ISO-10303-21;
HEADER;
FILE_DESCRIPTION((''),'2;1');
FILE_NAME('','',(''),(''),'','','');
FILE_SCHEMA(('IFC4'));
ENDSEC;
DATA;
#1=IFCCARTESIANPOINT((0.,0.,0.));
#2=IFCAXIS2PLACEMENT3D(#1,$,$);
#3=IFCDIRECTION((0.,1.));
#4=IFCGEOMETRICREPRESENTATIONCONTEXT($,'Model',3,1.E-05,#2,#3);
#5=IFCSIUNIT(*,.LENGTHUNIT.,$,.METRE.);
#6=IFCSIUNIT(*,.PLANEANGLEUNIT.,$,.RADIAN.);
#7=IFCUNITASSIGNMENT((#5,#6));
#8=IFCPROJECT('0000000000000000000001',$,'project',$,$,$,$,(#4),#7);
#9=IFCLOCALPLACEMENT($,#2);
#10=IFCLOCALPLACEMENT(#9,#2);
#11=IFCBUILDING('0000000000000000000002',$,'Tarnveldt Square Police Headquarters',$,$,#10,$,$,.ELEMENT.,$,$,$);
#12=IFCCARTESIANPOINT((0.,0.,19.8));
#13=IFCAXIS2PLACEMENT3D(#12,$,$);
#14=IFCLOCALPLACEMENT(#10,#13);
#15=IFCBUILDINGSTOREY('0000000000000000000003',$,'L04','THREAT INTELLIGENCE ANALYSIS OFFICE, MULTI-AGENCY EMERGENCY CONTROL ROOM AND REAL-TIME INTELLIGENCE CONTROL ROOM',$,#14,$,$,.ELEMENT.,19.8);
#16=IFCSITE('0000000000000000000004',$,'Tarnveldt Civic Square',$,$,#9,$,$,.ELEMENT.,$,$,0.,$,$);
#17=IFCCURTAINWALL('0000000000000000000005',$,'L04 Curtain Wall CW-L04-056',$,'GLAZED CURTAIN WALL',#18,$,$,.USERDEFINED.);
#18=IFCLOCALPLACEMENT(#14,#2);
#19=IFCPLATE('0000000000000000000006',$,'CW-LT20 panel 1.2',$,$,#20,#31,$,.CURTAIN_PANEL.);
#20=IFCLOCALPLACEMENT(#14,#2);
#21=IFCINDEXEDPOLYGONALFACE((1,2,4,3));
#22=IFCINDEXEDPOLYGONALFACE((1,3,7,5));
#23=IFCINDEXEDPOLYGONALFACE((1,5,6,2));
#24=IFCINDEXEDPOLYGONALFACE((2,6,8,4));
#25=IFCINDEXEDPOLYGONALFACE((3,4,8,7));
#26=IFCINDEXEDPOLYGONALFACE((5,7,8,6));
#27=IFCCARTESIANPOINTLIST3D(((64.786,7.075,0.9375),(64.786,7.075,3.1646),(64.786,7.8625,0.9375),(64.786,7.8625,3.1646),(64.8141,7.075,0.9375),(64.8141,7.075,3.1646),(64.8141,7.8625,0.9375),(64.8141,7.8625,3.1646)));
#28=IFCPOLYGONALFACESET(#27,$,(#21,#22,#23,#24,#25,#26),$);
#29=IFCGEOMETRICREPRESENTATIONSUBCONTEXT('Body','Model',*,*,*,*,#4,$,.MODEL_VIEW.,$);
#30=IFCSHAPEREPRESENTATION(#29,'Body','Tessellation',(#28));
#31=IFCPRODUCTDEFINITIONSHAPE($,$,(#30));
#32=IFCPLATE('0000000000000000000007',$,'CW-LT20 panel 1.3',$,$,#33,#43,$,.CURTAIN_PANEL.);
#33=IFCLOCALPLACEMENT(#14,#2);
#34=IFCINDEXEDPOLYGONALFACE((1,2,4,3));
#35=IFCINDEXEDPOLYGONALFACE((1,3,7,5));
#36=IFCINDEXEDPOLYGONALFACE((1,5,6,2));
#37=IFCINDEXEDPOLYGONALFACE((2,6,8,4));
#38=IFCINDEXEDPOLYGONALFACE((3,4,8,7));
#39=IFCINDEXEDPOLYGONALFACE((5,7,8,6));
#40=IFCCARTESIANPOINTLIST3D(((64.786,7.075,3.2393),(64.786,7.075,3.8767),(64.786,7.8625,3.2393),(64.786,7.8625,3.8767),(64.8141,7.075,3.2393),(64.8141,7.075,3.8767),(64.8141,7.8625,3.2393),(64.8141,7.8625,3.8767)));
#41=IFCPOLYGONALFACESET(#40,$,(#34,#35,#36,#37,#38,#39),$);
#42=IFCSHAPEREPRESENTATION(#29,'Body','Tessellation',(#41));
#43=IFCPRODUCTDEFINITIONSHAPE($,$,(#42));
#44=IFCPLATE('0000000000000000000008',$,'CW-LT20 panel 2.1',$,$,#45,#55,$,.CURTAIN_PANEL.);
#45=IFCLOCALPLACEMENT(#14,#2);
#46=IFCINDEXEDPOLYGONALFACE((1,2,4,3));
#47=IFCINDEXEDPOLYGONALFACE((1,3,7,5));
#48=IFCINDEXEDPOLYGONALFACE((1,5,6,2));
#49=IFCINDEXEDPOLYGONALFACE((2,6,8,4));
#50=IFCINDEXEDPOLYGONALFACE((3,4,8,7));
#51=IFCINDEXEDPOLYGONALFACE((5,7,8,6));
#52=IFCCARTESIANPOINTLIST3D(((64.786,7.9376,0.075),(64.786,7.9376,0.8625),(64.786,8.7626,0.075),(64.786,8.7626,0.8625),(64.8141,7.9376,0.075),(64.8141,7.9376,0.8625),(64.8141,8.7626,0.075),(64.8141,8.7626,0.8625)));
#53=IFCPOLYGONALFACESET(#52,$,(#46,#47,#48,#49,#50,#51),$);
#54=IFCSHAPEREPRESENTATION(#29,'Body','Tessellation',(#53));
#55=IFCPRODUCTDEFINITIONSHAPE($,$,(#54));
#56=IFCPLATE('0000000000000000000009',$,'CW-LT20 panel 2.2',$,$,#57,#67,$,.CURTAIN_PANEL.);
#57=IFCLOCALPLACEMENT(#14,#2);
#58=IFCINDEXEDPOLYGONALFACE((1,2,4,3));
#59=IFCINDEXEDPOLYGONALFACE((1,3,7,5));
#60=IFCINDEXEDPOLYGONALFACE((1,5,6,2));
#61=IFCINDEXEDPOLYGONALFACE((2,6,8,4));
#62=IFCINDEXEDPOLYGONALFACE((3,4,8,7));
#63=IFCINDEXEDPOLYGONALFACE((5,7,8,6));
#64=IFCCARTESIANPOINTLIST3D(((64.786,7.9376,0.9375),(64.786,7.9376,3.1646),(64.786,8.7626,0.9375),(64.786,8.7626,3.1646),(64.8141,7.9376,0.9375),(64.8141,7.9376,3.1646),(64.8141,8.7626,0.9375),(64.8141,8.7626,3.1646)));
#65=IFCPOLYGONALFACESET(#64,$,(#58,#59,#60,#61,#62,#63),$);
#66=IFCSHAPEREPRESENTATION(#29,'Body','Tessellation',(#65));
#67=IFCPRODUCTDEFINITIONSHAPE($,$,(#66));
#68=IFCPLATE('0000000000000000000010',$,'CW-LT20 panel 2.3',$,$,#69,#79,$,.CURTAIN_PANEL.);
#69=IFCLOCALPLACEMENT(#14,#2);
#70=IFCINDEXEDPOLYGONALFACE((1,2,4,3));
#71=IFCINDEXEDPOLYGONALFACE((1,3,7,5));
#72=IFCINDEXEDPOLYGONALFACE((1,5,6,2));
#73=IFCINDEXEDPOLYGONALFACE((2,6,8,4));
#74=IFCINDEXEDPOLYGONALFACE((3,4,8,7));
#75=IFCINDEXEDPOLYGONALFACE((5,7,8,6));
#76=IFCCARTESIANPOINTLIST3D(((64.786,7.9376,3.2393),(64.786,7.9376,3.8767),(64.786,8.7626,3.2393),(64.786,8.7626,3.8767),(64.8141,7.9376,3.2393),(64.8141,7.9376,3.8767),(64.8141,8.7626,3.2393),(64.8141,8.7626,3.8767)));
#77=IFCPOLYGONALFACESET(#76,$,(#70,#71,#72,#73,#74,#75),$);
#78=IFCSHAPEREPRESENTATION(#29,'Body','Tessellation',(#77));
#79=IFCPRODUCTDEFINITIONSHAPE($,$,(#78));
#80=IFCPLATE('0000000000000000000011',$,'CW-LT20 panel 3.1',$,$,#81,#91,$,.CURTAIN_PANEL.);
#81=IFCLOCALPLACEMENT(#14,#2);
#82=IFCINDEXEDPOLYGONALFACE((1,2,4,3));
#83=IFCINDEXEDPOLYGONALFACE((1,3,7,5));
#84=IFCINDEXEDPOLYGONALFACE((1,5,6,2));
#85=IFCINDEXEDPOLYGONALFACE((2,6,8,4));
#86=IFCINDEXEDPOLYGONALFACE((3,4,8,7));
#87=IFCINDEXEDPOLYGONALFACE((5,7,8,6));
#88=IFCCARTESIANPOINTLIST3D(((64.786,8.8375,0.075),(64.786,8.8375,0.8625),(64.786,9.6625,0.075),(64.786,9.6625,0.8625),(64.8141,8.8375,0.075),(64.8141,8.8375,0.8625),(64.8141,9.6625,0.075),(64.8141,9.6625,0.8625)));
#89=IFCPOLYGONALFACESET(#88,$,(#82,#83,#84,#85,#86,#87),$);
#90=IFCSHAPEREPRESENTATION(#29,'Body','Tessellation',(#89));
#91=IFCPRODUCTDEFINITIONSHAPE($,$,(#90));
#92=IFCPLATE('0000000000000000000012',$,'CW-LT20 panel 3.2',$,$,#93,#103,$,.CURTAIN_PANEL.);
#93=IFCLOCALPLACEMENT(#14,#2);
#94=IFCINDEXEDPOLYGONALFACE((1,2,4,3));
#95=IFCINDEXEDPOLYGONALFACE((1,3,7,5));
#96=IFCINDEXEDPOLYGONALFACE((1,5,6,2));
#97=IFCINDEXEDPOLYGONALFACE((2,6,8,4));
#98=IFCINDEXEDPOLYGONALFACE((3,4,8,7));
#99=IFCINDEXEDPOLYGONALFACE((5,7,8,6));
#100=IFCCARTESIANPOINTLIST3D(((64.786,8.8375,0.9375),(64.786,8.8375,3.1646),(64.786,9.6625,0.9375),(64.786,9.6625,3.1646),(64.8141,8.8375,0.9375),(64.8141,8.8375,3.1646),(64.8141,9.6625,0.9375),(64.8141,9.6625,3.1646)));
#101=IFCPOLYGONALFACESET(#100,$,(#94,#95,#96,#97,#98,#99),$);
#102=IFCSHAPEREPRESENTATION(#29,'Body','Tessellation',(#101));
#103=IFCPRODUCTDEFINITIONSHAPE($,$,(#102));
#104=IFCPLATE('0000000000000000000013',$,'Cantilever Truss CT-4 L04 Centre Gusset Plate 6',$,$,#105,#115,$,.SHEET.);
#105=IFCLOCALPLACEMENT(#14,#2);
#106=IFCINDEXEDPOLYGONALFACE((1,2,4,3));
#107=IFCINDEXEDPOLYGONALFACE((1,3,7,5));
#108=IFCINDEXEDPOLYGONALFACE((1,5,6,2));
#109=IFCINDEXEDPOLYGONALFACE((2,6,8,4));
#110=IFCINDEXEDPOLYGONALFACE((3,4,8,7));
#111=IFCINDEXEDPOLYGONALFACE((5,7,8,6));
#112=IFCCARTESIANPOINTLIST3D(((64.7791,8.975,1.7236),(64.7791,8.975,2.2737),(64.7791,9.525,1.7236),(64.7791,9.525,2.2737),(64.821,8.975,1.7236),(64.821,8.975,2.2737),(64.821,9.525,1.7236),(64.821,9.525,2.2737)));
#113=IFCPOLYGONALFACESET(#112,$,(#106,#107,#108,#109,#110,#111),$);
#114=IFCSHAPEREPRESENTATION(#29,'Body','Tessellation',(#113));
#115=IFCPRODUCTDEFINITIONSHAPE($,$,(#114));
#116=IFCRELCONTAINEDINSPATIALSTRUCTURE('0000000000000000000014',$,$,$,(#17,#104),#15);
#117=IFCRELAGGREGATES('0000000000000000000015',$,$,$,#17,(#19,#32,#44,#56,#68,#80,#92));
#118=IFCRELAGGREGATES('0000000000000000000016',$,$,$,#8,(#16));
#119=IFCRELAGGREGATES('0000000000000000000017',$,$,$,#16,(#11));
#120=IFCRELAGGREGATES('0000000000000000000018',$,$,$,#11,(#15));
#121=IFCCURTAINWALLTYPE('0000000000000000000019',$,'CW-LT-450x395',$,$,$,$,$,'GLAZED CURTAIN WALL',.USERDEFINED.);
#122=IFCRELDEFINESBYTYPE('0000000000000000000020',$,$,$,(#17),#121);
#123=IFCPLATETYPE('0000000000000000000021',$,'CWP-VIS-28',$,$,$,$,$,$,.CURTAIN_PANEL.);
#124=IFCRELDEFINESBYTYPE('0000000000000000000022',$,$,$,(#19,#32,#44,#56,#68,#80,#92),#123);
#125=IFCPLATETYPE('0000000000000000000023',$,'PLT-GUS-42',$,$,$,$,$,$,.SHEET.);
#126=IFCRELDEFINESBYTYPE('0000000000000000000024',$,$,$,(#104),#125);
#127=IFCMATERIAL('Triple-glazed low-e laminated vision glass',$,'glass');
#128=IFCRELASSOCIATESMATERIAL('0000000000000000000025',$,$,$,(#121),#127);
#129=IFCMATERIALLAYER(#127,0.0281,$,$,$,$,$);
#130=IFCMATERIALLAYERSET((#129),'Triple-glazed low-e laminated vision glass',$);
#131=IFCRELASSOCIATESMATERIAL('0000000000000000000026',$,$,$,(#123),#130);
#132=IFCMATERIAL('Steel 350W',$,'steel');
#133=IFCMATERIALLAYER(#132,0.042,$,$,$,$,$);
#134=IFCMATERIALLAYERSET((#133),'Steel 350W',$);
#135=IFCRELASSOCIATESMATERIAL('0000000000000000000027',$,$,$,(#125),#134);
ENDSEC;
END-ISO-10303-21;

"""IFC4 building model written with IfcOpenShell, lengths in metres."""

from ifc_helpers import new_model, si_unit, direction, frame, origin, origin_2d, place, context, subcontext, project, spatial, rectangle, extrude, material, layer, layer_set, type_object, element, aggregate, save


model = new_model("IFC4")

# Units and contexts
model_context = context("Model", 3, precision=1e-05, world=origin(), true_north=direction((0.0, 1.0)))
body_context = subcontext(model_context, "Body", "Model", "MODEL_VIEW")
ifc_project = project(units=[si_unit("LENGTHUNIT", "METRE"), si_unit("PLANEANGLEUNIT", "RADIAN")], contexts=[model_context])

# Site, building, storey
site_placement = place(None, origin())
site = spatial("IfcSite", under=ifc_project, at=site_placement, Name="Tarnveldt Civic Square", CompositionType="ELEMENT", RefElevation=0.0)
building_placement = place(site_placement, origin())
building = spatial("IfcBuilding", under=site, at=building_placement, Name="Tarnveldt Square Police Headquarters", CompositionType="ELEMENT")
storey_placement = place(building_placement, frame((0.0, 0.0, 19.8)))
storey = spatial("IfcBuildingStorey", under=building, at=storey_placement, Name="L04", Description="THREAT INTELLIGENCE ANALYSIS OFFICE, MULTI-AGENCY EMERGENCY CONTROL ROOM AND REAL-TIME INTELLIGENCE CONTROL ROOM", CompositionType="ELEMENT", Elevation=19.8)

# Curtain wall
ifc_material_1 = material(Name="Triple-glazed low-e laminated vision glass", Category="glass")
curtain_wall_type_1 = type_object("IfcCurtainWallType", Name="CW-LT-450x395", ElementType="GLAZED CURTAIN WALL", PredefinedType="USERDEFINED", material=ifc_material_1)
curtain_wall_1_placement = place(storey_placement, origin())
curtain_wall_1 = element("IfcCurtainWall", 1, at=curtain_wall_1_placement, inside=storey, type_object=curtain_wall_type_1, Name="L04 Curtain Wall CW-L04-056", ObjectType="GLAZED CURTAIN WALL", PredefinedType="USERDEFINED")

# Shared definitions
ifc_material_2 = material(Name="Steel 350W", Category="steel")

# Plates
ifc_layer_1 = layer(ifc_material_1, 0.0281)
ifc_layer_set_1 = layer_set([ifc_layer_1], Name="Triple-glazed low-e laminated vision glass")
plate_type_1 = type_object("IfcPlateType", Name="CWP-VIS-28", PredefinedType="CURTAIN_PANEL", material=ifc_layer_set_1)
plate_1_placement = place(storey_placement, frame((64.8, 7.4688, 0.9375), z_axis=(0.0, 0.0, 1.0), x_axis=(0.0, 1.0, 0.0)))
plate_1 = element("IfcPlate", 2, at=plate_1_placement, type_object=plate_type_1, Name="CW-LT20 panel 1.2", PredefinedType="CURTAIN_PANEL", context=body_context, shape_type="SweptSolid", body=[
    extrude(rectangle(XDim=0.7876, YDim=0.0281, at=origin_2d()), origin(), (0.0, 0.0, 1.0), 2.2271),
])
plate_2_placement = place(storey_placement, frame((64.8, 7.4688, 3.2393), z_axis=(0.0, 0.0, 1.0), x_axis=(0.0, 1.0, 0.0)))
plate_2 = element("IfcPlate", 3, at=plate_2_placement, type_object=plate_type_1, Name="CW-LT20 panel 1.3", PredefinedType="CURTAIN_PANEL", context=body_context, shape_type="SweptSolid", body=[
    extrude(rectangle(XDim=0.7876, YDim=0.0281, at=origin_2d()), origin(), (0.0, 0.0, 1.0), 0.6375),
])
plate_3_placement = place(storey_placement, frame((64.8, 8.3501, 0.075), z_axis=(0.0, 0.0, 1.0), x_axis=(0.0, 1.0, 0.0)))
plate_3 = element("IfcPlate", 4, at=plate_3_placement, type_object=plate_type_1, Name="CW-LT20 panel 2.1", PredefinedType="CURTAIN_PANEL", context=body_context, shape_type="SweptSolid", body=[
    extrude(rectangle(XDim=0.825, YDim=0.0281, at=origin_2d()), origin(), (0.0, 0.0, 1.0), 0.7876),
])
plate_4_placement = place(storey_placement, frame((64.8, 8.3501, 0.9375), z_axis=(0.0, 0.0, 1.0), x_axis=(0.0, 1.0, 0.0)))
plate_4 = element("IfcPlate", 5, at=plate_4_placement, type_object=plate_type_1, Name="CW-LT20 panel 2.2", PredefinedType="CURTAIN_PANEL", context=body_context, shape_type="SweptSolid", body=[
    extrude(rectangle(XDim=0.825, YDim=0.0281, at=origin_2d()), origin(), (0.0, 0.0, 1.0), 2.2271),
])
plate_5_placement = place(storey_placement, frame((64.8, 8.3501, 3.2393), z_axis=(0.0, 0.0, 1.0), x_axis=(0.0, 1.0, 0.0)))
plate_5 = element("IfcPlate", 6, at=plate_5_placement, type_object=plate_type_1, Name="CW-LT20 panel 2.3", PredefinedType="CURTAIN_PANEL", context=body_context, shape_type="SweptSolid", body=[
    extrude(rectangle(XDim=0.825, YDim=0.0281, at=origin_2d()), origin(), (0.0, 0.0, 1.0), 0.6375),
])
plate_6_placement = place(storey_placement, frame((64.8, 9.25, 0.075), z_axis=(0.0, 0.0, 1.0), x_axis=(0.0, 1.0, 0.0)))
plate_6 = element("IfcPlate", 7, at=plate_6_placement, type_object=plate_type_1, Name="CW-LT20 panel 3.1", PredefinedType="CURTAIN_PANEL", context=body_context, shape_type="SweptSolid", body=[
    extrude(rectangle(XDim=0.825, YDim=0.0281, at=origin_2d()), origin(), (0.0, 0.0, 1.0), 0.7876),
])
plate_7_placement = place(storey_placement, frame((64.8, 9.25, 0.9375), z_axis=(0.0, 0.0, 1.0), x_axis=(0.0, 1.0, 0.0)))
plate_7 = element("IfcPlate", 8, at=plate_7_placement, type_object=plate_type_1, Name="CW-LT20 panel 3.2", PredefinedType="CURTAIN_PANEL", context=body_context, shape_type="SweptSolid", body=[
    extrude(rectangle(XDim=0.825, YDim=0.0281, at=origin_2d()), origin(), (0.0, 0.0, 1.0), 2.2271),
])
aggregate(curtain_wall_1, [plate_1, plate_2, plate_3, plate_4, plate_5, plate_6, plate_7])
ifc_layer_2 = layer(ifc_material_2, 0.042)
ifc_layer_set_2 = layer_set([ifc_layer_2], Name="Steel 350W")
plate_type_2 = type_object("IfcPlateType", Name="PLT-GUS-42", PredefinedType="SHEET", material=ifc_layer_set_2)
plate_8_placement = place(storey_placement, frame((64.8, 9.25, 1.7236), z_axis=(0.0, 0.0, 1.0), x_axis=(1.0, 0.0, 0.0)))
element("IfcPlate", 9, at=plate_8_placement, inside=storey, type_object=plate_type_2, Name="Cantilever Truss CT-4 L04 Centre Gusset Plate 6", PredefinedType="SHEET", context=body_context, shape_type="SweptSolid", body=[
    extrude(rectangle(XDim=0.042, YDim=0.55, at=origin_2d()), origin(), (0.0, 0.0, 1.0), 0.55),
])

save(model, "model.ifc")
